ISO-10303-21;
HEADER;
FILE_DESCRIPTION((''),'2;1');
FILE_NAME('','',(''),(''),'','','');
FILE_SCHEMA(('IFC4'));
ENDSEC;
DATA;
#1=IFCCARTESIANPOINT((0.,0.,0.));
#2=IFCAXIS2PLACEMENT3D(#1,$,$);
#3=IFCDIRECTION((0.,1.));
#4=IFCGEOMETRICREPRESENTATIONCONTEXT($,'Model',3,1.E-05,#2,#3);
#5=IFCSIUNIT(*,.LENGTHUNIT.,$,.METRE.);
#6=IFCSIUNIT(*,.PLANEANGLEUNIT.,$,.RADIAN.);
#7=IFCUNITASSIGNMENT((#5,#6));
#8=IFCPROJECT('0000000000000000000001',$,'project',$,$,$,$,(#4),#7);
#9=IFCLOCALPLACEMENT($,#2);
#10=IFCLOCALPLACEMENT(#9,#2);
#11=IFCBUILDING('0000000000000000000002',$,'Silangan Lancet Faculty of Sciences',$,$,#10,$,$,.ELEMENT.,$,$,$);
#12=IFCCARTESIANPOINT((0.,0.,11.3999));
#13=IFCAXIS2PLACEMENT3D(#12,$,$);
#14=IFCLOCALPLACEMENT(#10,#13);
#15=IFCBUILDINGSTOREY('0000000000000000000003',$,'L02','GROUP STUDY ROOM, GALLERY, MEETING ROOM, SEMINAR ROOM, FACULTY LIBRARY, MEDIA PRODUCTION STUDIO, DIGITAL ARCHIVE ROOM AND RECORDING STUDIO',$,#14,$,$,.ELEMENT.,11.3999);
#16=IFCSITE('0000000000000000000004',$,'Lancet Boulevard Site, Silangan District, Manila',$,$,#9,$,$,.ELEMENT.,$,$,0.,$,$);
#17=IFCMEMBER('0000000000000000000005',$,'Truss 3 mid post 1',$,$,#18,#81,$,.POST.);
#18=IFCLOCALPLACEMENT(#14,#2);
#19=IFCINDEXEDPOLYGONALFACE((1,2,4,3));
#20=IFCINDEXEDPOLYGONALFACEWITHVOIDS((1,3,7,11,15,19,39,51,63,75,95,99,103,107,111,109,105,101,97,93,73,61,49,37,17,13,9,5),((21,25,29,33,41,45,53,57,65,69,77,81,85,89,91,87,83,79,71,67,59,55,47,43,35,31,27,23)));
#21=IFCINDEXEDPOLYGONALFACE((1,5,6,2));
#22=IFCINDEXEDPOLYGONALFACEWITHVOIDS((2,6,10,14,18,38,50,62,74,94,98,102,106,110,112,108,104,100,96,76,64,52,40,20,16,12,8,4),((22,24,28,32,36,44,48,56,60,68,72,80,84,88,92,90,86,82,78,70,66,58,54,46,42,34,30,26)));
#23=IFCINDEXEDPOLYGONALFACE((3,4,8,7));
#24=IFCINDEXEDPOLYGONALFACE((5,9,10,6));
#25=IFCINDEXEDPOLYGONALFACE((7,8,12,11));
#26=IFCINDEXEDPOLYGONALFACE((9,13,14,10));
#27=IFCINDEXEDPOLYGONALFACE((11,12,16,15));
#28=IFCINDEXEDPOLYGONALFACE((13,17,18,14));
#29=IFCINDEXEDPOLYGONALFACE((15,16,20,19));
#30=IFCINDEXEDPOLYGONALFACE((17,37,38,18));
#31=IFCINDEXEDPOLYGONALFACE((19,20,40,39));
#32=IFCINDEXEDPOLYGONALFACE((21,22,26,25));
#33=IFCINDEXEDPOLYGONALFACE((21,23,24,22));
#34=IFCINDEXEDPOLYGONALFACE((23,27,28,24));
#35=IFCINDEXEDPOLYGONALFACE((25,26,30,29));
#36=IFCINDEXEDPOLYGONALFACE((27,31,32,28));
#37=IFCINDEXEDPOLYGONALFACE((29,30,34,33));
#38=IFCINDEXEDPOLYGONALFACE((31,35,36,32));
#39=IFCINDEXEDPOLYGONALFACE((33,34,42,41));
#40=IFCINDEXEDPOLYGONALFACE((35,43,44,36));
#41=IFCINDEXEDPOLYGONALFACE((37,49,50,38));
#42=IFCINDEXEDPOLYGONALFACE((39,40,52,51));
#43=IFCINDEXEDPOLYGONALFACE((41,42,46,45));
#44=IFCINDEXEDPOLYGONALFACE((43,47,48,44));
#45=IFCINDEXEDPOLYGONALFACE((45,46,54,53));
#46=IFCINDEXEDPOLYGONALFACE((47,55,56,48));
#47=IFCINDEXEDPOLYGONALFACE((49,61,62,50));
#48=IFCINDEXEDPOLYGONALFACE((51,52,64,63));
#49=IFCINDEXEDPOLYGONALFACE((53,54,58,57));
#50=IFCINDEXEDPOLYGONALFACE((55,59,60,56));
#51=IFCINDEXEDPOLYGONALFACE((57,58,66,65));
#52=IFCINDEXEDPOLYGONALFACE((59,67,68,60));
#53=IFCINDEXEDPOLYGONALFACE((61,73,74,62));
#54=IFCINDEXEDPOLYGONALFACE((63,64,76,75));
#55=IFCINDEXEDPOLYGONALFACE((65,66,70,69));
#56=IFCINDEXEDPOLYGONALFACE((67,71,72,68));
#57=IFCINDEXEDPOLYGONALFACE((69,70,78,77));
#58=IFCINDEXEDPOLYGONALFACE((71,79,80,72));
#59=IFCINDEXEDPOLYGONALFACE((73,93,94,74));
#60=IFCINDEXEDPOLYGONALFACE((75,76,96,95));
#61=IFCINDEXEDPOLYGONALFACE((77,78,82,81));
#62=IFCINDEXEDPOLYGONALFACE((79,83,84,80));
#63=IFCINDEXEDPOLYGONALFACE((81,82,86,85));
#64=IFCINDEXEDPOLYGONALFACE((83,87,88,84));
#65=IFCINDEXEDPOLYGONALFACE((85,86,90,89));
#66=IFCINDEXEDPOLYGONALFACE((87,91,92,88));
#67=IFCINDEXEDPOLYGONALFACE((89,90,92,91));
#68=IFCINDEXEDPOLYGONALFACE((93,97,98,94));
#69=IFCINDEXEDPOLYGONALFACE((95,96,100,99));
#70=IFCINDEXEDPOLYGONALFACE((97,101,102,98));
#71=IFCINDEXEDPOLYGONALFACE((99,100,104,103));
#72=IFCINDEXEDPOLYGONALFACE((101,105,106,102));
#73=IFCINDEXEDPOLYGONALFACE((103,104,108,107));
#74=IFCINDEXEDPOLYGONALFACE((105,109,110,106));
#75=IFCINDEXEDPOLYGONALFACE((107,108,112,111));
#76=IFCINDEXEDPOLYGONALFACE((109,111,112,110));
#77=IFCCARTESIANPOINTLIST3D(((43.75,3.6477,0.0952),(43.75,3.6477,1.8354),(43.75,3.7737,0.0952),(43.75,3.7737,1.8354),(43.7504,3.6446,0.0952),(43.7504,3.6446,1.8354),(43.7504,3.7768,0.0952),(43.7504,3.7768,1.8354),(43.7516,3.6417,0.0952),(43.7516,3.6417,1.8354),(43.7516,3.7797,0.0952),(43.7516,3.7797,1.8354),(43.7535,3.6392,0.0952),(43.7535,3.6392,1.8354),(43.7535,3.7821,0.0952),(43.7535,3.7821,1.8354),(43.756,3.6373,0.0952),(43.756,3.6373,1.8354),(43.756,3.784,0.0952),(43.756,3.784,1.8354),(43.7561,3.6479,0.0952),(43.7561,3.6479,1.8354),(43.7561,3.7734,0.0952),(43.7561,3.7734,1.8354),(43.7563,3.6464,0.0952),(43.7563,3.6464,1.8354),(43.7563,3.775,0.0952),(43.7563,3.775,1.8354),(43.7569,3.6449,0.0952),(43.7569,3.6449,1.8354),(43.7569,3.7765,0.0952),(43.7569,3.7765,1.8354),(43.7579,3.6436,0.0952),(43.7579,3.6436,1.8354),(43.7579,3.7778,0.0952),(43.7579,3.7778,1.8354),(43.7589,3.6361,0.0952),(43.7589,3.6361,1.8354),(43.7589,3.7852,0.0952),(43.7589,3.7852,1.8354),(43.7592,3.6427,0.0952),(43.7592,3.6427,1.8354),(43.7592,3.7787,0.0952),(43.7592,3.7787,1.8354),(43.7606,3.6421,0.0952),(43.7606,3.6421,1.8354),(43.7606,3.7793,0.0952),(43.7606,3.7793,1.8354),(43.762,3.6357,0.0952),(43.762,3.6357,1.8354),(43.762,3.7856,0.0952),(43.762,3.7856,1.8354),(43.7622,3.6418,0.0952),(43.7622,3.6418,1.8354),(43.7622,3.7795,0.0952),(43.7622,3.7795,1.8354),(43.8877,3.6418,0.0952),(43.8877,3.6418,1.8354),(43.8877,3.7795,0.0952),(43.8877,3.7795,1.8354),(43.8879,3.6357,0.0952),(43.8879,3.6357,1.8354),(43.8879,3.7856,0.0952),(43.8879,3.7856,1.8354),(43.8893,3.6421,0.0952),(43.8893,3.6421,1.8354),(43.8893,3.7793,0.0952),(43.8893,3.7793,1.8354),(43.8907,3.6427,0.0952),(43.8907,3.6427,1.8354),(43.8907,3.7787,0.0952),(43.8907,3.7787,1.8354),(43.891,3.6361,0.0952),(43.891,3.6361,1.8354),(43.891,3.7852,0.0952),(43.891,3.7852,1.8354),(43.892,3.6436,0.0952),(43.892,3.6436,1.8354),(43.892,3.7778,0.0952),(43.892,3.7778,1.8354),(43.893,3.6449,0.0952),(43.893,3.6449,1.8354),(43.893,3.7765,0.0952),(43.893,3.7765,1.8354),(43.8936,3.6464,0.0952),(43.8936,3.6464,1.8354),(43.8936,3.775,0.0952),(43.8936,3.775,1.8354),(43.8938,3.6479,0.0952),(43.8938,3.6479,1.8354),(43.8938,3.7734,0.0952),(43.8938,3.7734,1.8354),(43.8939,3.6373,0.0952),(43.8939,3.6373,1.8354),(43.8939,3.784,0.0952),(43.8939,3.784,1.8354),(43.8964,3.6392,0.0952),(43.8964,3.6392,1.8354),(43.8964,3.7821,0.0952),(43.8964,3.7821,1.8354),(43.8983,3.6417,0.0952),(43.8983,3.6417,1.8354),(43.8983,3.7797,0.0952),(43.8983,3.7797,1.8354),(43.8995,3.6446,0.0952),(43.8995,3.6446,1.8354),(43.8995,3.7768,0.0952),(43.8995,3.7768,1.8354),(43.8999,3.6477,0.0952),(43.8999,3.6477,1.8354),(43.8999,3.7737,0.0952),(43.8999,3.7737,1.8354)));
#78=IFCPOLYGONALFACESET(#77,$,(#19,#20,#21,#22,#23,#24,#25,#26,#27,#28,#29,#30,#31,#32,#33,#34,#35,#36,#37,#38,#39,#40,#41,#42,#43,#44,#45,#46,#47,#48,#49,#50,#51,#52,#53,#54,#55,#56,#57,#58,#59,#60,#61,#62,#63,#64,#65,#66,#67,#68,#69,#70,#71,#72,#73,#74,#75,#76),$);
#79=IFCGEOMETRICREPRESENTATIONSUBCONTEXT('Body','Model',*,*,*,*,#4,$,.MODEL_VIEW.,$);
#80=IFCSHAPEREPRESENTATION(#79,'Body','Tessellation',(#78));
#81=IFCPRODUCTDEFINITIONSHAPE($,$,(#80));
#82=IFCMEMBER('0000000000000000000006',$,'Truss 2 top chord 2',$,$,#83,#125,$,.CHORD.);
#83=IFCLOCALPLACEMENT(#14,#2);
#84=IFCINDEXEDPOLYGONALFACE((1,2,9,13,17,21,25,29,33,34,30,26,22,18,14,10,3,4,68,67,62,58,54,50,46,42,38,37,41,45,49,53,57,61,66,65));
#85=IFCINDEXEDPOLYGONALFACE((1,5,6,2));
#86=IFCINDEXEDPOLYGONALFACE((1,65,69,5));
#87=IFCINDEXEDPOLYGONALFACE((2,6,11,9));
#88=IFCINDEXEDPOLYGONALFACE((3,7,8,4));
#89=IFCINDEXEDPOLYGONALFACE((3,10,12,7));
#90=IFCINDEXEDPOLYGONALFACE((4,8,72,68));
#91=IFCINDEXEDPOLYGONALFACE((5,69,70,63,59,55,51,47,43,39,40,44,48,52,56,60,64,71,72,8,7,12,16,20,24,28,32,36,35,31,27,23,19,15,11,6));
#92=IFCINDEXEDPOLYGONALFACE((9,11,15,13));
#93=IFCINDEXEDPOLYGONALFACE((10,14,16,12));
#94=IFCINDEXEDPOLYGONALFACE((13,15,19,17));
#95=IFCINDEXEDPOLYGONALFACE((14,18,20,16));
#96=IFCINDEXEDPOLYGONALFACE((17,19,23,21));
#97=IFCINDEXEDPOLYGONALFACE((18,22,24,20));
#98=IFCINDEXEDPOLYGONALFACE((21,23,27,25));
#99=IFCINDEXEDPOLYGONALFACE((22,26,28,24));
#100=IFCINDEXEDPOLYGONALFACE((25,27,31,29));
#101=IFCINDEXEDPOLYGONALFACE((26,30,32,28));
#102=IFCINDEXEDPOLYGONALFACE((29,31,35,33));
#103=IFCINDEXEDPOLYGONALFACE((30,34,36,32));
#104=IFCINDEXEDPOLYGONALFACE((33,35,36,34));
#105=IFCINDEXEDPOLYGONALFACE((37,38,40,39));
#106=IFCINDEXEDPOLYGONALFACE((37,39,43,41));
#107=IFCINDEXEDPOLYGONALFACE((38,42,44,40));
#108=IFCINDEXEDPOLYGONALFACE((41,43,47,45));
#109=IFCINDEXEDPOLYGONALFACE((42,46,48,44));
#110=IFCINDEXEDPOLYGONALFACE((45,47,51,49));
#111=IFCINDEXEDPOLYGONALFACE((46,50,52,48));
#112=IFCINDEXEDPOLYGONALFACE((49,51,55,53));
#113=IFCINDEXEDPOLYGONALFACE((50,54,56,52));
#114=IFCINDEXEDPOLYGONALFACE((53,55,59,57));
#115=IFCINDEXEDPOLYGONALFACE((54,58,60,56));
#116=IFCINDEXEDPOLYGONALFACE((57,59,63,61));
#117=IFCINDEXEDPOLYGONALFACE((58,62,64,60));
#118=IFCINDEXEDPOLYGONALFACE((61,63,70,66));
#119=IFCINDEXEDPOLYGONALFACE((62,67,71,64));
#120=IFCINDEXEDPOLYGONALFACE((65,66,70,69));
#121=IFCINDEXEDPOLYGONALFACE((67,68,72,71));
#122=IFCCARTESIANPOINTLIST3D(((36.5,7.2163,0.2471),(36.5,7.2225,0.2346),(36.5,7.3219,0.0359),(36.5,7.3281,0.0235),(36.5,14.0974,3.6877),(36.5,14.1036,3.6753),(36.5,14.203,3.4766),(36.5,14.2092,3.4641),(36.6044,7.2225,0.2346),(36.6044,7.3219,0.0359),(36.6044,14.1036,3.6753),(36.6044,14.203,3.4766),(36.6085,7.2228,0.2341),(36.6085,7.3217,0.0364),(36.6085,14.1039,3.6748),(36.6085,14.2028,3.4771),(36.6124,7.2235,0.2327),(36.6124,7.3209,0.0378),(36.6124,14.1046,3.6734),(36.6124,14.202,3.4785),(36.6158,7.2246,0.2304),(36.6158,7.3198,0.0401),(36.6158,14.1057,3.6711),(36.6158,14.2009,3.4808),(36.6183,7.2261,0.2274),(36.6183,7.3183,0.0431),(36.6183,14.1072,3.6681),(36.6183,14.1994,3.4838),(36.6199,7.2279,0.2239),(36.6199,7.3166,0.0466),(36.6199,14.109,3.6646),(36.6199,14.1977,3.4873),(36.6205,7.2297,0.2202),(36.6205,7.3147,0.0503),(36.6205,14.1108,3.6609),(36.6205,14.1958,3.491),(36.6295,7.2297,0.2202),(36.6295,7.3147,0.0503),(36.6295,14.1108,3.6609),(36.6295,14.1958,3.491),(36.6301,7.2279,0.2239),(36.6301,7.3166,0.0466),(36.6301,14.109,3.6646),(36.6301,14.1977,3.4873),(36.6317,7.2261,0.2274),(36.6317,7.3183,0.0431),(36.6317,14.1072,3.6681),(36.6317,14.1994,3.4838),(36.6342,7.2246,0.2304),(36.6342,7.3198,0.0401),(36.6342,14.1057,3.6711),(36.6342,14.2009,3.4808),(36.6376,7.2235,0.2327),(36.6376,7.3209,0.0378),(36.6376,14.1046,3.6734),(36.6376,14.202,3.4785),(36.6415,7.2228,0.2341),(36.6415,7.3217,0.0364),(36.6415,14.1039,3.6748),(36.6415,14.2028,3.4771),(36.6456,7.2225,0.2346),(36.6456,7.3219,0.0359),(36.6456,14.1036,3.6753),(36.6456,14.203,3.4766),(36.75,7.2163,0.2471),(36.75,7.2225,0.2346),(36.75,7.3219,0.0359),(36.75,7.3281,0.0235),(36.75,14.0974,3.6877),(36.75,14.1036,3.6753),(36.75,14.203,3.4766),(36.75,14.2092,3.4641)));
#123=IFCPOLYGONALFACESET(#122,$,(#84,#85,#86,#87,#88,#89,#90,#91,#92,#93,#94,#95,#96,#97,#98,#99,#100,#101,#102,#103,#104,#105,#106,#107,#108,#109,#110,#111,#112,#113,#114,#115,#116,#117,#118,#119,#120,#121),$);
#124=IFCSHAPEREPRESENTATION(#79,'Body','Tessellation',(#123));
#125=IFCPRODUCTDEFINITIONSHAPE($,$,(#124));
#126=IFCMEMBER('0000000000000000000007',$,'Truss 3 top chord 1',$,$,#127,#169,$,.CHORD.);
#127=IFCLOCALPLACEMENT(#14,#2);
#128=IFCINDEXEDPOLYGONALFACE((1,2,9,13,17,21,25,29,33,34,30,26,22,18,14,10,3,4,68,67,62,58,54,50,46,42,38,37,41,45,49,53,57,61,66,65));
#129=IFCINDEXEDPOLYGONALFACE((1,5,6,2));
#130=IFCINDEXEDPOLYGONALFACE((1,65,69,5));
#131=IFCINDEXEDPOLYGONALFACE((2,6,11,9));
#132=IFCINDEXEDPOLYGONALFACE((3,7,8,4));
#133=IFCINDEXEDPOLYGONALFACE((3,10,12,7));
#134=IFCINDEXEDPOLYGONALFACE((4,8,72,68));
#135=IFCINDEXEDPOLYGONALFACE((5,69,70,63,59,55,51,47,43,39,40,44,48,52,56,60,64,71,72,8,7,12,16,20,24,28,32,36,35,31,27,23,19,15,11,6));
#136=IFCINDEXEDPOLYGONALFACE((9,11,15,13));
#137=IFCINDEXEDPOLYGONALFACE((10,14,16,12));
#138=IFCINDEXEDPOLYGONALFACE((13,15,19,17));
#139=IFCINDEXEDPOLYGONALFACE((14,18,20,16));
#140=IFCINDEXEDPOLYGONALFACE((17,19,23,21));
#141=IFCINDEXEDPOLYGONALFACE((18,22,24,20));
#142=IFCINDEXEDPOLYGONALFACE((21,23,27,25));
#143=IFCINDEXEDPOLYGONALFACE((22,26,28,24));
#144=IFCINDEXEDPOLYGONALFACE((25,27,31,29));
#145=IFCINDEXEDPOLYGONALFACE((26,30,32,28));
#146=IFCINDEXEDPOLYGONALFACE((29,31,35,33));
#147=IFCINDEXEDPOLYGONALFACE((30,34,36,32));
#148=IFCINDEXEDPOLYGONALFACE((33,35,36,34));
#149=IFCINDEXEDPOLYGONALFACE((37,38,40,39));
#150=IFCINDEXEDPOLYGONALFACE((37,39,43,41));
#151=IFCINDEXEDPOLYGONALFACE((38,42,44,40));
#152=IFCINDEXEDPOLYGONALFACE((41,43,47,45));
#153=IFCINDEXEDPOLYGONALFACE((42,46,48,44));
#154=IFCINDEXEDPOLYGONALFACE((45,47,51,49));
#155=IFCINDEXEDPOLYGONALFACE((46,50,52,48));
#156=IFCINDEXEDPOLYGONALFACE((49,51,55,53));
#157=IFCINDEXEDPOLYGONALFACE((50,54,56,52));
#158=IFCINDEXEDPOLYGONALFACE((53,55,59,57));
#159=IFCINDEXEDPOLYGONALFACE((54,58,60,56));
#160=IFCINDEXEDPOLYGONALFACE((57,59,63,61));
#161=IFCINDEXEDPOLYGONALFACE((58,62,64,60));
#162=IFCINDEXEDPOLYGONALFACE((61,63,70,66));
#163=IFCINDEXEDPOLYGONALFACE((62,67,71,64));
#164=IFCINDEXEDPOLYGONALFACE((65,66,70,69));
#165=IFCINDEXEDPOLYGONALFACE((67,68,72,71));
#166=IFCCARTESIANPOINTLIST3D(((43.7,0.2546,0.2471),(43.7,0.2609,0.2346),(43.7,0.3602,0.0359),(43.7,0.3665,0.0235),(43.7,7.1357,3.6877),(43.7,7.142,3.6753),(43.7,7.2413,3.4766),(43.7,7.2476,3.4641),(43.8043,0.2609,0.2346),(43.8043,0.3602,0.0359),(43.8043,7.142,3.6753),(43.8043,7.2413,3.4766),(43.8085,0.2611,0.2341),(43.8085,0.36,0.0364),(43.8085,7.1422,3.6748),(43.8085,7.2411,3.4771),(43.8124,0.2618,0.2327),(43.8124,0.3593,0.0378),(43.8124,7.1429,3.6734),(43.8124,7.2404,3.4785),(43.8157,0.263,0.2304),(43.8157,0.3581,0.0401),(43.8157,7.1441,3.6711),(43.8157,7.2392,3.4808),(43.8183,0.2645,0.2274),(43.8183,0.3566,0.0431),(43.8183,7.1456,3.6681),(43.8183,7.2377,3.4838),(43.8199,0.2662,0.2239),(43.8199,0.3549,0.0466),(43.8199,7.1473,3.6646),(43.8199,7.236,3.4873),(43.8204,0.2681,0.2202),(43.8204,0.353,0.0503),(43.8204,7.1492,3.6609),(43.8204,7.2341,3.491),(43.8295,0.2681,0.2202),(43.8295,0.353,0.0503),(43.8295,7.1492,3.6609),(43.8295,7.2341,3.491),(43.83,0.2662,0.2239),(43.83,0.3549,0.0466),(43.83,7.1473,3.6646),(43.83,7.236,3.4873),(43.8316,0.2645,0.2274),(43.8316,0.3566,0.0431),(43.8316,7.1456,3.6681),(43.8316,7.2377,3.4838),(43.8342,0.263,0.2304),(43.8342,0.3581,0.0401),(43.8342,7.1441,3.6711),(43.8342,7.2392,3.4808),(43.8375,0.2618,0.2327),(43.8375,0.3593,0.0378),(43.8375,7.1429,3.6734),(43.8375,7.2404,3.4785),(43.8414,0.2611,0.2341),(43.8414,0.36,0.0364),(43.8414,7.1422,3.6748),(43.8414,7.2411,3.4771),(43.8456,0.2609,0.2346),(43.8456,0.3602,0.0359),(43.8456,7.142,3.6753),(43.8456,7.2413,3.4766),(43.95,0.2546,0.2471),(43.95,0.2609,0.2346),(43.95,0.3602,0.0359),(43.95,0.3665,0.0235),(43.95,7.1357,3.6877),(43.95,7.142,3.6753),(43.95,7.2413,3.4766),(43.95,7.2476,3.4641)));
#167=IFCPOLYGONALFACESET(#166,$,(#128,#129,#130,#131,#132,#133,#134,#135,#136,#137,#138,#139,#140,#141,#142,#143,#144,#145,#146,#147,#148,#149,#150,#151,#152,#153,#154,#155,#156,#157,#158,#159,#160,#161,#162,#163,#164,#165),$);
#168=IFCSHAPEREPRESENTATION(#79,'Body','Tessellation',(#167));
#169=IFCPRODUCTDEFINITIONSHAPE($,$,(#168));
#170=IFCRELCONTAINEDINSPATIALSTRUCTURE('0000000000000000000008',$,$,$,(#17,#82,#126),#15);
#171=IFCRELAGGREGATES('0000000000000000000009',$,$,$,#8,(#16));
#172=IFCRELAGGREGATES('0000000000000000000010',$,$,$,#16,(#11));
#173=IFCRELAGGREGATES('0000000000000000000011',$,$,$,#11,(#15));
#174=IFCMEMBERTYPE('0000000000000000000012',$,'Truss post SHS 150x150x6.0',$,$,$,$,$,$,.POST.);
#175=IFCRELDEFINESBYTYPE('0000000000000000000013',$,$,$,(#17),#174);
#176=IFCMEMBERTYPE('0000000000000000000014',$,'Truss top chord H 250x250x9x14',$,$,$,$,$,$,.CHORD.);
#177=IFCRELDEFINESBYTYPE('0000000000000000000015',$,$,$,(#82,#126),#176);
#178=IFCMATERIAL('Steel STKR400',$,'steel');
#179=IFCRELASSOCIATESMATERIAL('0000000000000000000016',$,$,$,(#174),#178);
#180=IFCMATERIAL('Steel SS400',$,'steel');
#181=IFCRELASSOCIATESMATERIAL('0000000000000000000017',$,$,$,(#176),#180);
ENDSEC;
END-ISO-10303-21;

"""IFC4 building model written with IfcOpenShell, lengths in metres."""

from ifc_helpers import new_model, si_unit, direction, frame, origin, origin_2d, place, context, subcontext, project, spatial, hollow_rectangle, i_section, extrude, material, material_profile, profile_set, type_object, element, save


model = new_model("IFC4")

# Units and contexts
model_context = context("Model", 3, precision=1e-05, world=origin(), true_north=direction((0.0, 1.0)))
body_context = subcontext(model_context, "Body", "Model", "MODEL_VIEW")
ifc_project = project(units=[si_unit("LENGTHUNIT", "METRE"), si_unit("PLANEANGLEUNIT", "RADIAN")], contexts=[model_context])

# Site, building, storey
site_placement = place(None, origin())
site = spatial("IfcSite", under=ifc_project, at=site_placement, Name="Lancet Boulevard Site, Silangan District, Manila", CompositionType="ELEMENT", RefElevation=0.0)
building_placement = place(site_placement, origin())
building = spatial("IfcBuilding", under=site, at=building_placement, Name="Silangan Lancet Faculty of Sciences", CompositionType="ELEMENT")
storey_placement = place(building_placement, frame((0.0, 0.0, 11.3999)))
storey = spatial("IfcBuildingStorey", under=building, at=storey_placement, Name="L02", Description="GROUP STUDY ROOM, GALLERY, MEETING ROOM, SEMINAR ROOM, FACULTY LIBRARY, MEDIA PRODUCTION STUDIO, DIGITAL ARCHIVE ROOM AND RECORDING STUDIO", CompositionType="ELEMENT", Elevation=11.3999)

# Members
ifc_material_1 = material(Name="Steel STKR400", Category="steel")
ifc_material_profile_1 = material_profile(ifc_material_1, hollow_rectangle(XDim=0.1499, YDim=0.1499, WallThickness=0.0061, InnerFilletRadius=0.0061, OuterFilletRadius=0.012, at=origin_2d()), Name="SHS 150x150x6.0")
ifc_profile_set_1 = profile_set([ifc_material_profile_1], Name="Steel STKR400")
member_type_1 = type_object("IfcMemberType", Name="Truss post SHS 150x150x6.0", PredefinedType="POST", material=ifc_profile_set_1)
member_1_placement = place(storey_placement, frame((43.825, 3.7107, 0.0952), z_axis=(0.0, 0.0, 1.0), x_axis=(1.0, 0.0, 0.0)))
element("IfcMember", 1, at=member_1_placement, inside=storey, type_object=member_type_1, Name="Truss 3 mid post 1", PredefinedType="POST", context=body_context, shape_type="SweptSolid", body=[
    extrude(hollow_rectangle(XDim=0.1499, YDim=0.1499, WallThickness=0.0061, InnerFilletRadius=0.0061, OuterFilletRadius=0.012, at=origin_2d()), origin(), (0.0, 0.0, 1.0), 1.7402),
])
ifc_material_2 = material(Name="Steel SS400", Category="steel")
ifc_material_profile_2 = material_profile(ifc_material_2, i_section(OverallWidth=0.25, OverallDepth=0.25, WebThickness=0.009, FlangeThickness=0.0139, FilletRadius=0.0161, at=origin_2d()), Name="H 250x250x9x14")
ifc_profile_set_2 = profile_set([ifc_material_profile_2], Name="Steel SS400")
member_type_2 = type_object("IfcMemberType", Name="Truss top chord H 250x250x9x14", PredefinedType="CHORD", material=ifc_profile_set_2)
for number, where, z_axis, x_axis, name in (
    (2, (36.625, 7.2722, 0.1353), (0.0, 0.894421, 0.447226), (-1.0, 0.0, 0.0), "Truss 2 top chord 2"),
    (3, (43.825, 0.3105, 0.1353), (0.0, 0.894421, 0.447226), (-1.0, 0.0, 0.0), "Truss 3 top chord 1"),
):
    element("IfcMember", number, at=place(storey_placement, frame(where, z_axis=z_axis, x_axis=x_axis)), inside=storey, type_object=member_type_2, Name=name, PredefinedType="CHORD", context=body_context, shape_type="SweptSolid", body=[
        extrude(i_section(OverallWidth=0.25, OverallDepth=0.25, WebThickness=0.009, FlangeThickness=0.0139, FilletRadius=0.0161, at=origin_2d()), origin(), (0.0, 0.0, 1.0), 7.6934),
    ])

save(model, "model.ifc")
